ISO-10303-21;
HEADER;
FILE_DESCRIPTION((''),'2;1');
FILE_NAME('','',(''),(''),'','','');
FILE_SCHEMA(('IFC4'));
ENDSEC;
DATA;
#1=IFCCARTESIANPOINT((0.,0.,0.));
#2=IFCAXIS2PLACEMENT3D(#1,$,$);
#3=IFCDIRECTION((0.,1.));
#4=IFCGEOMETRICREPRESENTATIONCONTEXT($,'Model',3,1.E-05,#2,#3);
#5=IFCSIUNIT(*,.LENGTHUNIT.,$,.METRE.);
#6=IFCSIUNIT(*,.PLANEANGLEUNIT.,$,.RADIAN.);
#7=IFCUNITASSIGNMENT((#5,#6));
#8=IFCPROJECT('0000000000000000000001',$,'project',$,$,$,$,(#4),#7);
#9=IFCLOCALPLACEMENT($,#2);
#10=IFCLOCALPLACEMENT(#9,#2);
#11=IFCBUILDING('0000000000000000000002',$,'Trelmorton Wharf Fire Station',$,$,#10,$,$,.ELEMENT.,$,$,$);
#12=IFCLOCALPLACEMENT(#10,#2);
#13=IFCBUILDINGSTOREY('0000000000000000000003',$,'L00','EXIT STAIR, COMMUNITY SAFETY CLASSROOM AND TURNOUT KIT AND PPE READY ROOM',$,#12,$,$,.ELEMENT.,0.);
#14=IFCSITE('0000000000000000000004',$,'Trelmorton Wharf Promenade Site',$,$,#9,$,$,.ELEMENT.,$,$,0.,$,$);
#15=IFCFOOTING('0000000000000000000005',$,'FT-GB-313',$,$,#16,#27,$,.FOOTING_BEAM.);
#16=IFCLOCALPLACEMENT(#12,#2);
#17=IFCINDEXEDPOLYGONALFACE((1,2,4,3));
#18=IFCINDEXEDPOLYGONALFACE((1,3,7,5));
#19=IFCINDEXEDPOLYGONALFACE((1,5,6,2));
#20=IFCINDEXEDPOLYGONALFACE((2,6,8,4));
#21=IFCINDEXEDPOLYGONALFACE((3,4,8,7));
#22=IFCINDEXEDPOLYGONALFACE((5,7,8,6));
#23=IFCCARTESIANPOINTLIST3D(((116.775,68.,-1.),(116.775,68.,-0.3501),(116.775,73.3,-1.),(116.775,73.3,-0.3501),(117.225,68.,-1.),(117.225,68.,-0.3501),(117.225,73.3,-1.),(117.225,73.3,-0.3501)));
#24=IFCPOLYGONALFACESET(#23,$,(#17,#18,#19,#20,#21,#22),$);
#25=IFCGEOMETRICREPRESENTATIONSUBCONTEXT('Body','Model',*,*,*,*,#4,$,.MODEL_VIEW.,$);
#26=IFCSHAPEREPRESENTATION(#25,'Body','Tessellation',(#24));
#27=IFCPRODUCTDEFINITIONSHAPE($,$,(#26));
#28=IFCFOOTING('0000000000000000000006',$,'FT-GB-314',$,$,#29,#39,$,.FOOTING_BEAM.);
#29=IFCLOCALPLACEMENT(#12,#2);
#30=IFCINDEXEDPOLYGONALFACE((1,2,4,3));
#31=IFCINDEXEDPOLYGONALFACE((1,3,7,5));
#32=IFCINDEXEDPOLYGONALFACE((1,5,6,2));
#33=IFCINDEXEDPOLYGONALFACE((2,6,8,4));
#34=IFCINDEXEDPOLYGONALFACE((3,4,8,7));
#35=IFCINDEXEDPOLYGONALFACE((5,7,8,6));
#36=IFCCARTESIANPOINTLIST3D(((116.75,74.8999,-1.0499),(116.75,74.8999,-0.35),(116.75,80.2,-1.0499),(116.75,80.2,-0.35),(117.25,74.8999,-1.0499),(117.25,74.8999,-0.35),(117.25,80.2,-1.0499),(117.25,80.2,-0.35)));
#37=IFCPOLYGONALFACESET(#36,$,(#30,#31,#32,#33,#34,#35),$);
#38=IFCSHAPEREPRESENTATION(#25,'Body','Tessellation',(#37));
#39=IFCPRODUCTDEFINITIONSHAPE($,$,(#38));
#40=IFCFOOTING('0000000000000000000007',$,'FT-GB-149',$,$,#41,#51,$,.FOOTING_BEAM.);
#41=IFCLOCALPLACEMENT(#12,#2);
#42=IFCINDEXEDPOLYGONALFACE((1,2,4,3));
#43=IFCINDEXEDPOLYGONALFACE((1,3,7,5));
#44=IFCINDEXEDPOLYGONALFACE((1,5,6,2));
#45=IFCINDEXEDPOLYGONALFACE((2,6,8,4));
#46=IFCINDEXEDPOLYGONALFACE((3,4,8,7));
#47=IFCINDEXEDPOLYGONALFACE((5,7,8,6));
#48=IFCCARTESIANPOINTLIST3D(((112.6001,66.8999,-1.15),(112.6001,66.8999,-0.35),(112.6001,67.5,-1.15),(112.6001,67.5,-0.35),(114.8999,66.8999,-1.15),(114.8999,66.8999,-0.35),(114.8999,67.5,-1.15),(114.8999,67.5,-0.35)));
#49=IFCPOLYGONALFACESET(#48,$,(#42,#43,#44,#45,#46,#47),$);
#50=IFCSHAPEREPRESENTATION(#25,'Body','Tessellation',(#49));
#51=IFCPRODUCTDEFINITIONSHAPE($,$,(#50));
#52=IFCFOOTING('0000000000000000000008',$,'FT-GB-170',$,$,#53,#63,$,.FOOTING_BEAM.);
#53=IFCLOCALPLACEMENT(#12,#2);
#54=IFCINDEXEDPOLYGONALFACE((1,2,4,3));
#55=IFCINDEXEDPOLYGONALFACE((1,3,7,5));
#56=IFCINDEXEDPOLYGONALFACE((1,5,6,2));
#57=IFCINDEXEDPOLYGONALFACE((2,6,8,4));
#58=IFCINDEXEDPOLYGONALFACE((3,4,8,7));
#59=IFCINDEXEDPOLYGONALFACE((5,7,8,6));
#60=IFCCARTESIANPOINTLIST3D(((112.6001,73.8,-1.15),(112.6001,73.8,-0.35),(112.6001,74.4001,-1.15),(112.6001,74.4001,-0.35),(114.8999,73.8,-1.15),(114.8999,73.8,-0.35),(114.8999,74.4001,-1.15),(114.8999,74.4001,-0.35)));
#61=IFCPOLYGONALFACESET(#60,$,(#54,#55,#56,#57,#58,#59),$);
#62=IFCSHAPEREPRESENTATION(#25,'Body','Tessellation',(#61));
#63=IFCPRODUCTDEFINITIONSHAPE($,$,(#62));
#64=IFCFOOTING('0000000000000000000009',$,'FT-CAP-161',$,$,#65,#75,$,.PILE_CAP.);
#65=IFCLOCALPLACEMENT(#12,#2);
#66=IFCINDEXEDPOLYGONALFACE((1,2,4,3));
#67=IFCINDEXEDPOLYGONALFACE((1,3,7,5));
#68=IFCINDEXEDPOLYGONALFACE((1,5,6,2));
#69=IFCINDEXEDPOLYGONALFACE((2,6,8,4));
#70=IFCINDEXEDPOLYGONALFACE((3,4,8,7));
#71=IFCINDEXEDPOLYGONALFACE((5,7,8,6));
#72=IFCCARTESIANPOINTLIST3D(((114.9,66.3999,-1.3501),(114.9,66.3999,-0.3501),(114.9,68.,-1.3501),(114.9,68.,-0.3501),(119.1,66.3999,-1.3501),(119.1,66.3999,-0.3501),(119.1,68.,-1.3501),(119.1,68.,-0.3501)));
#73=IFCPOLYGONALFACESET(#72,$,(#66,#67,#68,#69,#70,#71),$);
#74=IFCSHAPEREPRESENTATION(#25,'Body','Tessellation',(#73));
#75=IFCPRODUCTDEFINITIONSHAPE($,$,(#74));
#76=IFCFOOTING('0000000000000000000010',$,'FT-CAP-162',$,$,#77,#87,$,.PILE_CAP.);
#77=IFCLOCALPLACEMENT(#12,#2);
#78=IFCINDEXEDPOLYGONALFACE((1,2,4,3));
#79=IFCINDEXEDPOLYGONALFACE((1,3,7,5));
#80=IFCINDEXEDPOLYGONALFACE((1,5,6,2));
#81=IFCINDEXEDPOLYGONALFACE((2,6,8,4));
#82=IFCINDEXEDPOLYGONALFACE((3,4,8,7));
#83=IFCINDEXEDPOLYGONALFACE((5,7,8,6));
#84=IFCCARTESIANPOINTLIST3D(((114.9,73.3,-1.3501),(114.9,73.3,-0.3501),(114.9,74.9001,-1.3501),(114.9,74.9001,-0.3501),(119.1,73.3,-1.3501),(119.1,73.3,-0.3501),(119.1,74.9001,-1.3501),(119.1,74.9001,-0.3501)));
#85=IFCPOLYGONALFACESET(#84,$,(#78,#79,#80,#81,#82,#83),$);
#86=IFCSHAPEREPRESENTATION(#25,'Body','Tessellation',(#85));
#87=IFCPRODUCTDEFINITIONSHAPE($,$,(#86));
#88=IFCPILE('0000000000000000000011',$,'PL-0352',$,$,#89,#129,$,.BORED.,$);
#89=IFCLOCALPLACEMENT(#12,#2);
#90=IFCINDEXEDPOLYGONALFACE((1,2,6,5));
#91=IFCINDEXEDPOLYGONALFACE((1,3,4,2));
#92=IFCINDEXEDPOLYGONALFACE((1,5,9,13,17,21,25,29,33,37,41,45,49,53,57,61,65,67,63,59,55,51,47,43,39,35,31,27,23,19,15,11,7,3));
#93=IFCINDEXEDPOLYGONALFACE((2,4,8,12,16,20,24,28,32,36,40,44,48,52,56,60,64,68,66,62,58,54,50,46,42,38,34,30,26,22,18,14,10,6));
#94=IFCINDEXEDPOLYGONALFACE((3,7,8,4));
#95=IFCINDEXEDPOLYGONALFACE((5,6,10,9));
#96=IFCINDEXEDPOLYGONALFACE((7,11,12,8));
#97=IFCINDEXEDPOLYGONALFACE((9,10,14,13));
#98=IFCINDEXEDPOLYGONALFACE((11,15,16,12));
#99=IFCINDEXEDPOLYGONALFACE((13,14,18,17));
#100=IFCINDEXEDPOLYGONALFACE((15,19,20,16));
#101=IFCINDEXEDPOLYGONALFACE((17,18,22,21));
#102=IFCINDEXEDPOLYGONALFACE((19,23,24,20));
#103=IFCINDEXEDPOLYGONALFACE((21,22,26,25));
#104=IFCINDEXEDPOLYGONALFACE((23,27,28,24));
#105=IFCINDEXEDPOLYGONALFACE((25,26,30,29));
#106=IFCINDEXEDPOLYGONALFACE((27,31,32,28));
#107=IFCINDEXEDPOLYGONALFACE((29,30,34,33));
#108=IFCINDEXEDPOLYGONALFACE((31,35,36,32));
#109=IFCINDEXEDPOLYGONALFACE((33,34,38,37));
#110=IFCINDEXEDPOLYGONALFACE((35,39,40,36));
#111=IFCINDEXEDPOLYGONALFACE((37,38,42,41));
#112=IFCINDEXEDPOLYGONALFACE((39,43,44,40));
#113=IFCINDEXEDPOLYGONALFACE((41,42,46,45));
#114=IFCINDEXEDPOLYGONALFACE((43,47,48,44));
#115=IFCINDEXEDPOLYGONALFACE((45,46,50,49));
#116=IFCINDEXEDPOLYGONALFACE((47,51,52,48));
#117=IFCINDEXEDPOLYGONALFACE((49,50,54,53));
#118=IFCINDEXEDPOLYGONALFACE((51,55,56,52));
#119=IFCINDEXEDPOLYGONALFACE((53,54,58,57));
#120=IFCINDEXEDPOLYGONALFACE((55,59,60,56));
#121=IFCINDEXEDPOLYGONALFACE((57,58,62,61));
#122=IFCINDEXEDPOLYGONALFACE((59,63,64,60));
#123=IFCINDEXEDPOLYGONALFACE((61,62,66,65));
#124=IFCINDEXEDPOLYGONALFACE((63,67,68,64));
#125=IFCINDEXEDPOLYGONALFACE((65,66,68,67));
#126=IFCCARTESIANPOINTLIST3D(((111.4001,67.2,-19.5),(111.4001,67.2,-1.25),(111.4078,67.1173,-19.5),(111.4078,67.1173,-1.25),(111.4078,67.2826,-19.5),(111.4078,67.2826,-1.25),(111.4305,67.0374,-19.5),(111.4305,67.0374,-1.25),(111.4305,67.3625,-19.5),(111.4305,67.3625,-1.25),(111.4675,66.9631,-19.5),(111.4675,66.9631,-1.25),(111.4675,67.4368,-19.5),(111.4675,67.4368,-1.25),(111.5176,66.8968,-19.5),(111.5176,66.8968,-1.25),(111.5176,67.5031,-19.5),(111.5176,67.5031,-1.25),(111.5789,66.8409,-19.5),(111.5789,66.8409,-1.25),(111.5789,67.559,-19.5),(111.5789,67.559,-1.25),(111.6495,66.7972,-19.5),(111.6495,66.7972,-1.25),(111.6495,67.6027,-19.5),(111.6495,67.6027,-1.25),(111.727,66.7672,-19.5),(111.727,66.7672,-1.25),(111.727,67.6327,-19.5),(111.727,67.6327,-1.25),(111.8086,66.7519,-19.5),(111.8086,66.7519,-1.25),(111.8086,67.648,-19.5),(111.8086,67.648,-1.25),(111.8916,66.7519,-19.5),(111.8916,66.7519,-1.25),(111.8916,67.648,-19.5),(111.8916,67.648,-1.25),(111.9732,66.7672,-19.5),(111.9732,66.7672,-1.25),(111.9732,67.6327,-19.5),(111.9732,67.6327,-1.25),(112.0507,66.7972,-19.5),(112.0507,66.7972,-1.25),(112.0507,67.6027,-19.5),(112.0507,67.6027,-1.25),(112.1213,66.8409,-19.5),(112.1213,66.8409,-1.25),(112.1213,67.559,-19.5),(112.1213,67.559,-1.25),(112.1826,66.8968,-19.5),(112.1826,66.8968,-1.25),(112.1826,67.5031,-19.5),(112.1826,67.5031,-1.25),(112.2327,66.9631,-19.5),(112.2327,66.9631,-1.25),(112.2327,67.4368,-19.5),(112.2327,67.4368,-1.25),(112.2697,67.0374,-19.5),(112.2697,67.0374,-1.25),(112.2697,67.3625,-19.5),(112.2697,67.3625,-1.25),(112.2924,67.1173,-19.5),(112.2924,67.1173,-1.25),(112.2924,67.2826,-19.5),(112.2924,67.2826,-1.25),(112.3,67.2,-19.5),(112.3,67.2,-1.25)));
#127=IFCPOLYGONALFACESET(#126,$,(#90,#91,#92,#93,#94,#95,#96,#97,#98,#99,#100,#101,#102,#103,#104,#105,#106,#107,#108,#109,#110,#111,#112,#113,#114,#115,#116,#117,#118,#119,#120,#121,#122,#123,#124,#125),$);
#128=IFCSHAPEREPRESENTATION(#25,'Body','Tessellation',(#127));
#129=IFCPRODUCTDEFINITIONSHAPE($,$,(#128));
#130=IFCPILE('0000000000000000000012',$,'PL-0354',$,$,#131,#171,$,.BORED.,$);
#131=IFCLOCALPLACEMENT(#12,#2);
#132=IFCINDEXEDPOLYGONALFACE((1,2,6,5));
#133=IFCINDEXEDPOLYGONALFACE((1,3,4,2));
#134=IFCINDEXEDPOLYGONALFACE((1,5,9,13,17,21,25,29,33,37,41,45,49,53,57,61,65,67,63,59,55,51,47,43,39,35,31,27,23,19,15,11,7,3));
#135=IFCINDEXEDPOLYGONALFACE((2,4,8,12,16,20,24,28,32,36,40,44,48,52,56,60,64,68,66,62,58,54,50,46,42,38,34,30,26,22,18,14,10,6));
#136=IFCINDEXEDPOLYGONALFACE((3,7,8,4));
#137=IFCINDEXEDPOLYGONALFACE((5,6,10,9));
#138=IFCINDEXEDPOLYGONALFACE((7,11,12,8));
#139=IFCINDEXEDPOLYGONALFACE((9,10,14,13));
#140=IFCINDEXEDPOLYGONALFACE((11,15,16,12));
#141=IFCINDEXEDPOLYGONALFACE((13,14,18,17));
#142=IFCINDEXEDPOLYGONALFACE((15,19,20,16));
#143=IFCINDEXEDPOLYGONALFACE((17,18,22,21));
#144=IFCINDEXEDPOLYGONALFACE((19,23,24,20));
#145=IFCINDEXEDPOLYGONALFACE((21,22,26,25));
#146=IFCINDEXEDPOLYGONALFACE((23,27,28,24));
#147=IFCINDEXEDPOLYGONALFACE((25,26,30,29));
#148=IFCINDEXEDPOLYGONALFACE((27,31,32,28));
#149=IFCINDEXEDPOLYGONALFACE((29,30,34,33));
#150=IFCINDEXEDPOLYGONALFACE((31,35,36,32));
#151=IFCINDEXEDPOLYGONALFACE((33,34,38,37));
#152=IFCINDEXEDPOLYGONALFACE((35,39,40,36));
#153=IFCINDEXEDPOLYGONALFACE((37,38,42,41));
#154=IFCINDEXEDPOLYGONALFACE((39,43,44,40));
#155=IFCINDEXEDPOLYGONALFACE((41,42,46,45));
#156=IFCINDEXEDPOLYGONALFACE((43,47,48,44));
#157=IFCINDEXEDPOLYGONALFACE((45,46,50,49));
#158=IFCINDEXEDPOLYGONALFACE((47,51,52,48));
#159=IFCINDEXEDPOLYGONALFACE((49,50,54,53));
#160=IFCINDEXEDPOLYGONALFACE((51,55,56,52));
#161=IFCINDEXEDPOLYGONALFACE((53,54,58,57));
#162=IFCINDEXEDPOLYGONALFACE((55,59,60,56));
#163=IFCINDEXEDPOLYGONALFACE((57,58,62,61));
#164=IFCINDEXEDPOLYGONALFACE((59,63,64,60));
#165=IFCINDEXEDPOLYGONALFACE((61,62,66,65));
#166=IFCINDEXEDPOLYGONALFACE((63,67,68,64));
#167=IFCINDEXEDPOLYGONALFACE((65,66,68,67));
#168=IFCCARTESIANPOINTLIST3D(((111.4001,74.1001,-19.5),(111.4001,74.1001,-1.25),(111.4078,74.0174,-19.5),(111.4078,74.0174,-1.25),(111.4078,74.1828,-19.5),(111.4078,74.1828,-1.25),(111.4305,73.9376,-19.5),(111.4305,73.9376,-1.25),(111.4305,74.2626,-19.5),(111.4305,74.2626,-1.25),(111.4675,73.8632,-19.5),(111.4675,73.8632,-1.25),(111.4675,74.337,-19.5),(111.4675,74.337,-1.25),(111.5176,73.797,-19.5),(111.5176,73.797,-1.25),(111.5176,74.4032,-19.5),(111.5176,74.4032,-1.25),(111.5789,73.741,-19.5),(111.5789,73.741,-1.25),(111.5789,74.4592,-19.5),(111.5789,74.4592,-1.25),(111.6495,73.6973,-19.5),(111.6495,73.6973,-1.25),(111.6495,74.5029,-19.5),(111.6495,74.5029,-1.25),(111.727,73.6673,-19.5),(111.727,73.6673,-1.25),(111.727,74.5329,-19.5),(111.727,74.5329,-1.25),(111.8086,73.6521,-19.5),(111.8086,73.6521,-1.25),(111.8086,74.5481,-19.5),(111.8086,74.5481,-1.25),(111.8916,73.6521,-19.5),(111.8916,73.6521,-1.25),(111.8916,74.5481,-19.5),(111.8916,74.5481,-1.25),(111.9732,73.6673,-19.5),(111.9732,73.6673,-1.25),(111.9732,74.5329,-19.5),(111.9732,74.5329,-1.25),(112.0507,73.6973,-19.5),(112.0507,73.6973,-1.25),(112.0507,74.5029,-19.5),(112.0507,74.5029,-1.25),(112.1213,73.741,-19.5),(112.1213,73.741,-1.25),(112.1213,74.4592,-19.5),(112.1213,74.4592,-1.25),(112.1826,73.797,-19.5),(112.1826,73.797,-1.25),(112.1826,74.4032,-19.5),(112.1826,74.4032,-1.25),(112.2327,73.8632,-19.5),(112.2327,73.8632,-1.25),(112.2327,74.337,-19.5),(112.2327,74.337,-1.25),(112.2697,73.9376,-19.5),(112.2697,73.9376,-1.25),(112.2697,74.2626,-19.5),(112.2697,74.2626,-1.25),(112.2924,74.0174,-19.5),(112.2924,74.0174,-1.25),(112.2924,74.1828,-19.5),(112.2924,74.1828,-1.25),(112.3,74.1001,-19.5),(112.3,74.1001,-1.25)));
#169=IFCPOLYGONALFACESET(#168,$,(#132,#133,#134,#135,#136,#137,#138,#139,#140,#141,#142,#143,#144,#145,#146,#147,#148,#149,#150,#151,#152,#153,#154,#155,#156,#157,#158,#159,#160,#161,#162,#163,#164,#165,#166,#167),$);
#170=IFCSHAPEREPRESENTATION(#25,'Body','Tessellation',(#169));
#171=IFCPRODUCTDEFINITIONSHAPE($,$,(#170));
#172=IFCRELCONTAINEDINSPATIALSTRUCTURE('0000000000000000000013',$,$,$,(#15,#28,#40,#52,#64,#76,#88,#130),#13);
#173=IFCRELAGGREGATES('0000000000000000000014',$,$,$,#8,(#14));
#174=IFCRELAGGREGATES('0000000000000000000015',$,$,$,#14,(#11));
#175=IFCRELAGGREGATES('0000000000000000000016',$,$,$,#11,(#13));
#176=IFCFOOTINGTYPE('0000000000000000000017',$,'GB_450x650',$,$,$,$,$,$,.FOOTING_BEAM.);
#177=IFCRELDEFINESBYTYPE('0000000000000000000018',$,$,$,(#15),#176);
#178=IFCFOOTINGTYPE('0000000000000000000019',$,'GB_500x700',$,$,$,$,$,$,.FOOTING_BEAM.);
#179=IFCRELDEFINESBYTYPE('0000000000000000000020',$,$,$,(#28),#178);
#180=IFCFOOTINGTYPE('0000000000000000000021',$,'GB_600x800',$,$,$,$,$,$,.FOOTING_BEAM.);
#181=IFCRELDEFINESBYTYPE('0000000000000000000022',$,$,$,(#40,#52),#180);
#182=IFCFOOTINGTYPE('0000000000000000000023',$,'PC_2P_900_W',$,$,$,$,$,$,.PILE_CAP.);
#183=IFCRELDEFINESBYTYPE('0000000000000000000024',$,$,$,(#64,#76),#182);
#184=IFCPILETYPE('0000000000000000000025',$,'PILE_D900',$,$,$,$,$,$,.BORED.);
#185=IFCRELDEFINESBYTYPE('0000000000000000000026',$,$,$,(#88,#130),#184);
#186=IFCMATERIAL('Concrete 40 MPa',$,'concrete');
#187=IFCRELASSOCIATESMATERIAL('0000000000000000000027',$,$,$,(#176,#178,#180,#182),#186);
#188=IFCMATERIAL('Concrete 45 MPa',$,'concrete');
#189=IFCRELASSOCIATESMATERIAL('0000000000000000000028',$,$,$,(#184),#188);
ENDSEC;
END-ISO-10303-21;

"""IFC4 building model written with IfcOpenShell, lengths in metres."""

from ifc_helpers import new_model, si_unit, direction, frame, origin, origin_2d, place, context, subcontext, project, spatial, rectangle, circle, extrude, material, material_profile, profile_set, type_object, element, save


model = new_model("IFC4")

# Units and contexts
model_context = context("Model", 3, precision=1e-05, world=origin(), true_north=direction((0.0, 1.0)))
body_context = subcontext(model_context, "Body", "Model", "MODEL_VIEW")
ifc_project = project(units=[si_unit("LENGTHUNIT", "METRE"), si_unit("PLANEANGLEUNIT", "RADIAN")], contexts=[model_context])

# Site, building, storey
site_placement = place(None, origin())
site = spatial("IfcSite", under=ifc_project, at=site_placement, Name="Trelmorton Wharf Promenade Site", CompositionType="ELEMENT", RefElevation=0.0)
building_placement = place(site_placement, origin())
building = spatial("IfcBuilding", under=site, at=building_placement, Name="Trelmorton Wharf Fire Station", CompositionType="ELEMENT")
storey_placement = place(building_placement, origin())
storey = spatial("IfcBuildingStorey", under=building, at=storey_placement, Name="L00", Description="EXIT STAIR, COMMUNITY SAFETY CLASSROOM AND TURNOUT KIT AND PPE READY ROOM", CompositionType="ELEMENT", Elevation=0.0)

# Footings
ifc_material_1 = material(Name="Concrete 40 MPa", Category="concrete")
ifc_material_profile_1 = material_profile(ifc_material_1, rectangle(XDim=0.45, YDim=0.6499, at=origin_2d()), Name="RC450x650")
ifc_profile_set_1 = profile_set([ifc_material_profile_1], Name="Concrete 40 MPa")
footing_type_1 = type_object("IfcFootingType", Name="GB_450x650", PredefinedType="FOOTING_BEAM", material=ifc_profile_set_1)
footing_1_placement = place(storey_placement, frame((117.0, 68.0, -0.675), z_axis=(0.0, 1.0, 0.0), x_axis=(-1.0, 0.0, 0.0)))
element("IfcFooting", 1, at=footing_1_placement, inside=storey, type_object=footing_type_1, Name="FT-GB-313", PredefinedType="FOOTING_BEAM", context=body_context, shape_type="SweptSolid", body=[
    extrude(rectangle(XDim=0.45, YDim=0.6499, at=origin_2d()), origin(), (0.0, 0.0, 1.0), 5.3),
])
ifc_material_profile_2 = material_profile(ifc_material_1, rectangle(XDim=0.5, YDim=0.7, at=origin_2d()), Name="RC500x700")
ifc_profile_set_2 = profile_set([ifc_material_profile_2], Name="Concrete 40 MPa")
footing_type_2 = type_object("IfcFootingType", Name="GB_500x700", PredefinedType="FOOTING_BEAM", material=ifc_profile_set_2)
footing_2_placement = place(storey_placement, frame((117.0, 74.8999, -0.7), z_axis=(0.0, 1.0, 0.0), x_axis=(-1.0, 0.0, 0.0)))
element("IfcFooting", 2, at=footing_2_placement, inside=storey, type_object=footing_type_2, Name="FT-GB-314", PredefinedType="FOOTING_BEAM", context=body_context, shape_type="SweptSolid", body=[
    extrude(rectangle(XDim=0.5, YDim=0.7, at=origin_2d()), origin(), (0.0, 0.0, 1.0), 5.3),
])
ifc_material_profile_3 = material_profile(ifc_material_1, rectangle(XDim=0.6001, YDim=0.8, at=origin_2d()), Name="RC600x800")
ifc_profile_set_3 = profile_set([ifc_material_profile_3], Name="Concrete 40 MPa")
footing_type_3 = type_object("IfcFootingType", Name="GB_600x800", PredefinedType="FOOTING_BEAM", material=ifc_profile_set_3)
for number, where, z_axis, x_axis, name in (
    (3, (112.6001, 67.2, -0.75), (1.0, 0.0, 0.0), (0.0, 1.0, 0.0), "FT-GB-149"),
    (4, (112.6001, 74.1001, -0.75), (1.0, 0.0, 0.0), (0.0, 1.0, 0.0), "FT-GB-170"),
):
    element("IfcFooting", number, at=place(storey_placement, frame(where, z_axis=z_axis, x_axis=x_axis)), inside=storey, type_object=footing_type_3, Name=name, PredefinedType="FOOTING_BEAM", context=body_context, shape_type="SweptSolid", body=[
        extrude(rectangle(XDim=0.6001, YDim=0.8, at=origin_2d()), origin(), (0.0, 0.0, 1.0), 2.2998),
    ])
footing_type_4 = type_object("IfcFootingType", Name="PC_2P_900_W", PredefinedType="PILE_CAP", material=ifc_material_1)
for number, where, z_axis, x_axis, name in (
    (5, (117.0, 67.2, -1.3501), (0.0, 0.0, 1.0), (1.0, 0.0, 0.0), "FT-CAP-161"),
    (6, (117.0, 74.1001, -1.3501), (0.0, 0.0, 1.0), (1.0, 0.0, 0.0), "FT-CAP-162"),
):
    element("IfcFooting", number, at=place(storey_placement, frame(where, z_axis=z_axis, x_axis=x_axis)), inside=storey, type_object=footing_type_4, Name=name, PredefinedType="PILE_CAP", context=body_context, shape_type="SweptSolid", body=[
        extrude(rectangle(XDim=4.2, YDim=1.6001, at=origin_2d()), origin(), (0.0, 0.0, 1.0), 1.0),
    ])

# Piles
ifc_material_2 = material(Name="Concrete 45 MPa", Category="concrete")
ifc_material_profile_4 = material_profile(ifc_material_2, circle(Radius=0.45, at=origin_2d()), Name="PILE-D900")
ifc_profile_set_4 = profile_set([ifc_material_profile_4], Name="Concrete 45 MPa")
pile_type = type_object("IfcPileType", Name="PILE_D900", PredefinedType="BORED", material=ifc_profile_set_4)
for number, where, z_axis, x_axis, name in (
    (7, (111.8501, 67.2, -1.25), (0.0, 0.0, -1.0), (1.0, 0.0, 0.0), "PL-0352"),
    (8, (111.8501, 74.1001, -1.25), (0.0, 0.0, -1.0), (1.0, 0.0, 0.0), "PL-0354"),
):
    element("IfcPile", number, at=place(storey_placement, frame(where, z_axis=z_axis, x_axis=x_axis)), inside=storey, type_object=pile_type, Name=name, PredefinedType="BORED", context=body_context, shape_type="SweptSolid", body=[
        extrude(circle(Radius=0.45, at=origin_2d()), origin(), (0.0, 0.0, 1.0), 18.25),
    ])

save(model, "model.ifc")
